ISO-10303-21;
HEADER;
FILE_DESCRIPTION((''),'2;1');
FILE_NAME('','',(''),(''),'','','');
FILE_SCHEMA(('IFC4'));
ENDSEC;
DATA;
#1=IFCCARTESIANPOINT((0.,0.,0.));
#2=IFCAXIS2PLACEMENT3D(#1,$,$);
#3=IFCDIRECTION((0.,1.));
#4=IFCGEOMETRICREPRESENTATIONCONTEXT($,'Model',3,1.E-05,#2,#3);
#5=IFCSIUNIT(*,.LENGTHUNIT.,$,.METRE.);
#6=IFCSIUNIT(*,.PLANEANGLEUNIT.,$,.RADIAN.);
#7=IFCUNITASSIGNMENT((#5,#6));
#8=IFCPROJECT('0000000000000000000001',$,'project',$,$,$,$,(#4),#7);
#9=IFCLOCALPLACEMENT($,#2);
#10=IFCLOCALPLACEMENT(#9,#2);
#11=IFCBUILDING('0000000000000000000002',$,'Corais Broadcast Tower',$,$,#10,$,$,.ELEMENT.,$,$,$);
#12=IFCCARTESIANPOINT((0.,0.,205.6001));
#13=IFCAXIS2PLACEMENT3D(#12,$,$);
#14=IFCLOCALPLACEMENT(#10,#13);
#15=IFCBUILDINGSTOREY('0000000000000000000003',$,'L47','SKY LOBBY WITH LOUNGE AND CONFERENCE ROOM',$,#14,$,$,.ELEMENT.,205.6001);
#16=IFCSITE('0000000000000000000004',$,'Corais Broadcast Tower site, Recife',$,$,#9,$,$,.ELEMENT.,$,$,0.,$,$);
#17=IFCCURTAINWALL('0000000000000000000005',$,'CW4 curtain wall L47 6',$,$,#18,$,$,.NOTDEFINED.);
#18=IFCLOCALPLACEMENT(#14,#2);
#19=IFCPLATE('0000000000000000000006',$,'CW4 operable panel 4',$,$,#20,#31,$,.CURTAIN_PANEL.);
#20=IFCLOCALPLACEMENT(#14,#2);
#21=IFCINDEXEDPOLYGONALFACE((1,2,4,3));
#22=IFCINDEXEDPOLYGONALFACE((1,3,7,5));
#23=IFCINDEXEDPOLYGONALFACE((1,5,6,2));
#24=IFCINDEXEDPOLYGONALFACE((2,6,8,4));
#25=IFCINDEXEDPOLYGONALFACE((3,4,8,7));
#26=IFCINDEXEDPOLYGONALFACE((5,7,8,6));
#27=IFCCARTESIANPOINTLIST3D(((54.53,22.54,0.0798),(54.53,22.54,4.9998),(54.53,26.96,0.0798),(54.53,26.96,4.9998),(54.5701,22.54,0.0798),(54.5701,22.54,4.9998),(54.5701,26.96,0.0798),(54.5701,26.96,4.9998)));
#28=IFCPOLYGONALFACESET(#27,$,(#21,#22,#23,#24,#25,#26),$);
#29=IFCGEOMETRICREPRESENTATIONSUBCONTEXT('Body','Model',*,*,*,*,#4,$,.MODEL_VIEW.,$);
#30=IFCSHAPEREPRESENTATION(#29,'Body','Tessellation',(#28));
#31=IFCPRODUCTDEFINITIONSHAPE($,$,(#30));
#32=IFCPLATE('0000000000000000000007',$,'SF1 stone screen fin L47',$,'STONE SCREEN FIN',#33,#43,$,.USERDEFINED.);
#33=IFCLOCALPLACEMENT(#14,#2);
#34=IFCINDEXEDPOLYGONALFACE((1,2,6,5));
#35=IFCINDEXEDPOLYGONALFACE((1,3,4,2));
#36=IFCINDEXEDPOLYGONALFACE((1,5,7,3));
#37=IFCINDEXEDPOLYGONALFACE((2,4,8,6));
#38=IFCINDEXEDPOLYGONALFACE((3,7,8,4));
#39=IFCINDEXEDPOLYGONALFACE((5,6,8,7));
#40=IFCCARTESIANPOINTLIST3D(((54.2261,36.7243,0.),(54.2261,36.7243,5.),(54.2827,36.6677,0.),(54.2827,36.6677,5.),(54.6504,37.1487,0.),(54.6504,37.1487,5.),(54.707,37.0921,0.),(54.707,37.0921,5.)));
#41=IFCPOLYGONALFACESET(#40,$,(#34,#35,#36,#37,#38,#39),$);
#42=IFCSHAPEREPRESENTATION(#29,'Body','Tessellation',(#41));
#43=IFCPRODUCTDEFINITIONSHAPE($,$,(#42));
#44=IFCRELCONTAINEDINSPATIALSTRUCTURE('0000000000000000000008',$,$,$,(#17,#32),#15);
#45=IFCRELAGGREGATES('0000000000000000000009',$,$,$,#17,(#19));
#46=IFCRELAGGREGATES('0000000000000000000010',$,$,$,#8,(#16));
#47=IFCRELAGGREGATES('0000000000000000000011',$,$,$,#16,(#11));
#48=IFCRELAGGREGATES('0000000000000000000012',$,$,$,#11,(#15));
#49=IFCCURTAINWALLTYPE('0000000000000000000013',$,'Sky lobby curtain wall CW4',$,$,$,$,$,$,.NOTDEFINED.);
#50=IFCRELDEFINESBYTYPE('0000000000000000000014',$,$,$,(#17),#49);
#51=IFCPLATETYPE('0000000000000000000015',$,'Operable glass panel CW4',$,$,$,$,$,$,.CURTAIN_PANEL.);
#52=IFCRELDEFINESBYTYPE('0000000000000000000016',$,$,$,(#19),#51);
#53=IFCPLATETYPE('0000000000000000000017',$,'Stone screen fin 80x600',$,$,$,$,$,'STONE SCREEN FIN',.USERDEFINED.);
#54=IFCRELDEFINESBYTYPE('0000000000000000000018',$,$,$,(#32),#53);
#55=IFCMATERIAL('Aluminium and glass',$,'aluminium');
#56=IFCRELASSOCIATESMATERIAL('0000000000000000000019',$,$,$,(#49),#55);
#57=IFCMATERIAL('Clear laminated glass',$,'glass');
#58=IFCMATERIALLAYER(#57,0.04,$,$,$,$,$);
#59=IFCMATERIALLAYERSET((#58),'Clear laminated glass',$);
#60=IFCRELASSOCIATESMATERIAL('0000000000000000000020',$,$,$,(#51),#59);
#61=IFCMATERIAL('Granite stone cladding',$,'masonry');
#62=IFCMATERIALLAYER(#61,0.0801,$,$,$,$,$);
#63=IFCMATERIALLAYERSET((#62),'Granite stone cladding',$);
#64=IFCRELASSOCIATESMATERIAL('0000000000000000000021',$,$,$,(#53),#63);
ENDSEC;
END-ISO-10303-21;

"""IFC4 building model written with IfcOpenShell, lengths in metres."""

from ifc_helpers import new_model, si_unit, direction, frame, origin, origin_2d, place, context, subcontext, project, spatial, rectangle, extrude, material, layer, layer_set, type_object, element, aggregate, save


model = new_model("IFC4")

# Units and contexts
model_context = context("Model", 3, precision=1e-05, world=origin(), true_north=direction((0.0, 1.0)))
body_context = subcontext(model_context, "Body", "Model", "MODEL_VIEW")
ifc_project = project(units=[si_unit("LENGTHUNIT", "METRE"), si_unit("PLANEANGLEUNIT", "RADIAN")], contexts=[model_context])

# Site, building, storey
site_placement = place(None, origin())
site = spatial("IfcSite", under=ifc_project, at=site_placement, Name="Corais Broadcast Tower site, Recife", CompositionType="ELEMENT", RefElevation=0.0)
building_placement = place(site_placement, origin())
building = spatial("IfcBuilding", under=site, at=building_placement, Name="Corais Broadcast Tower", CompositionType="ELEMENT")
storey_placement = place(building_placement, frame((0.0, 0.0, 205.6001)))
storey = spatial("IfcBuildingStorey", under=building, at=storey_placement, Name="L47", Description="SKY LOBBY WITH LOUNGE AND CONFERENCE ROOM", CompositionType="ELEMENT", Elevation=205.6001)

# Shared definitions
ifc_material_1 = material(Name="Aluminium and glass", Category="aluminium")
curtain_wall_type = type_object("IfcCurtainWallType", Name="Sky lobby curtain wall CW4", PredefinedType="NOTDEFINED", material=ifc_material_1)

# Curtain wall
curtain_wall_1_placement = place(storey_placement, origin())
curtain_wall_1 = element("IfcCurtainWall", 1, at=curtain_wall_1_placement, inside=storey, type_object=curtain_wall_type, Name="CW4 curtain wall L47 6", PredefinedType="NOTDEFINED")

# Plates
ifc_material_2 = material(Name="Clear laminated glass", Category="glass")
ifc_layer_1 = layer(ifc_material_2, 0.04)
ifc_layer_set_1 = layer_set([ifc_layer_1], Name="Clear laminated glass")
plate_type_1 = type_object("IfcPlateType", Name="Operable glass panel CW4", PredefinedType="CURTAIN_PANEL", material=ifc_layer_set_1)
plate_1_placement = place(storey_placement, frame((54.55, 24.75, 0.0798), z_axis=(0.0, 0.0, 1.0), x_axis=(0.0, -1.0, 0.0)))
plate_1 = element("IfcPlate", 2, at=plate_1_placement, type_object=plate_type_1, Name="CW4 operable panel 4", PredefinedType="CURTAIN_PANEL", context=body_context, shape_type="SweptSolid", body=[
    extrude(rectangle(XDim=4.4199, YDim=0.04, at=origin_2d()), origin(), (0.0, 0.0, 1.0), 4.9199),
])
aggregate(curtain_wall_1, [plate_1])
ifc_material_3 = material(Name="Granite stone cladding", Category="masonry")
ifc_layer_2 = layer(ifc_material_3, 0.0801)
ifc_layer_set_2 = layer_set([ifc_layer_2], Name="Granite stone cladding")
plate_type_2 = type_object("IfcPlateType", Name="Stone screen fin 80x600", ElementType="STONE SCREEN FIN", PredefinedType="USERDEFINED", material=ifc_layer_set_2)
plate_2_placement = place(storey_placement, frame((54.4666, 36.9082, 0.0), z_axis=(0.0, 0.0, 1.0), x_axis=(0.707107, -0.707107, 0.0)))
element("IfcPlate", 3, at=plate_2_placement, inside=storey, type_object=plate_type_2, Name="SF1 stone screen fin L47", ObjectType="STONE SCREEN FIN", PredefinedType="USERDEFINED", context=body_context, shape_type="SweptSolid", body=[
    extrude(rectangle(XDim=0.0801, YDim=0.6001, at=origin_2d()), origin(), (0.0, 0.0, 1.0), 5.0),
])

save(model, "model.ifc")
